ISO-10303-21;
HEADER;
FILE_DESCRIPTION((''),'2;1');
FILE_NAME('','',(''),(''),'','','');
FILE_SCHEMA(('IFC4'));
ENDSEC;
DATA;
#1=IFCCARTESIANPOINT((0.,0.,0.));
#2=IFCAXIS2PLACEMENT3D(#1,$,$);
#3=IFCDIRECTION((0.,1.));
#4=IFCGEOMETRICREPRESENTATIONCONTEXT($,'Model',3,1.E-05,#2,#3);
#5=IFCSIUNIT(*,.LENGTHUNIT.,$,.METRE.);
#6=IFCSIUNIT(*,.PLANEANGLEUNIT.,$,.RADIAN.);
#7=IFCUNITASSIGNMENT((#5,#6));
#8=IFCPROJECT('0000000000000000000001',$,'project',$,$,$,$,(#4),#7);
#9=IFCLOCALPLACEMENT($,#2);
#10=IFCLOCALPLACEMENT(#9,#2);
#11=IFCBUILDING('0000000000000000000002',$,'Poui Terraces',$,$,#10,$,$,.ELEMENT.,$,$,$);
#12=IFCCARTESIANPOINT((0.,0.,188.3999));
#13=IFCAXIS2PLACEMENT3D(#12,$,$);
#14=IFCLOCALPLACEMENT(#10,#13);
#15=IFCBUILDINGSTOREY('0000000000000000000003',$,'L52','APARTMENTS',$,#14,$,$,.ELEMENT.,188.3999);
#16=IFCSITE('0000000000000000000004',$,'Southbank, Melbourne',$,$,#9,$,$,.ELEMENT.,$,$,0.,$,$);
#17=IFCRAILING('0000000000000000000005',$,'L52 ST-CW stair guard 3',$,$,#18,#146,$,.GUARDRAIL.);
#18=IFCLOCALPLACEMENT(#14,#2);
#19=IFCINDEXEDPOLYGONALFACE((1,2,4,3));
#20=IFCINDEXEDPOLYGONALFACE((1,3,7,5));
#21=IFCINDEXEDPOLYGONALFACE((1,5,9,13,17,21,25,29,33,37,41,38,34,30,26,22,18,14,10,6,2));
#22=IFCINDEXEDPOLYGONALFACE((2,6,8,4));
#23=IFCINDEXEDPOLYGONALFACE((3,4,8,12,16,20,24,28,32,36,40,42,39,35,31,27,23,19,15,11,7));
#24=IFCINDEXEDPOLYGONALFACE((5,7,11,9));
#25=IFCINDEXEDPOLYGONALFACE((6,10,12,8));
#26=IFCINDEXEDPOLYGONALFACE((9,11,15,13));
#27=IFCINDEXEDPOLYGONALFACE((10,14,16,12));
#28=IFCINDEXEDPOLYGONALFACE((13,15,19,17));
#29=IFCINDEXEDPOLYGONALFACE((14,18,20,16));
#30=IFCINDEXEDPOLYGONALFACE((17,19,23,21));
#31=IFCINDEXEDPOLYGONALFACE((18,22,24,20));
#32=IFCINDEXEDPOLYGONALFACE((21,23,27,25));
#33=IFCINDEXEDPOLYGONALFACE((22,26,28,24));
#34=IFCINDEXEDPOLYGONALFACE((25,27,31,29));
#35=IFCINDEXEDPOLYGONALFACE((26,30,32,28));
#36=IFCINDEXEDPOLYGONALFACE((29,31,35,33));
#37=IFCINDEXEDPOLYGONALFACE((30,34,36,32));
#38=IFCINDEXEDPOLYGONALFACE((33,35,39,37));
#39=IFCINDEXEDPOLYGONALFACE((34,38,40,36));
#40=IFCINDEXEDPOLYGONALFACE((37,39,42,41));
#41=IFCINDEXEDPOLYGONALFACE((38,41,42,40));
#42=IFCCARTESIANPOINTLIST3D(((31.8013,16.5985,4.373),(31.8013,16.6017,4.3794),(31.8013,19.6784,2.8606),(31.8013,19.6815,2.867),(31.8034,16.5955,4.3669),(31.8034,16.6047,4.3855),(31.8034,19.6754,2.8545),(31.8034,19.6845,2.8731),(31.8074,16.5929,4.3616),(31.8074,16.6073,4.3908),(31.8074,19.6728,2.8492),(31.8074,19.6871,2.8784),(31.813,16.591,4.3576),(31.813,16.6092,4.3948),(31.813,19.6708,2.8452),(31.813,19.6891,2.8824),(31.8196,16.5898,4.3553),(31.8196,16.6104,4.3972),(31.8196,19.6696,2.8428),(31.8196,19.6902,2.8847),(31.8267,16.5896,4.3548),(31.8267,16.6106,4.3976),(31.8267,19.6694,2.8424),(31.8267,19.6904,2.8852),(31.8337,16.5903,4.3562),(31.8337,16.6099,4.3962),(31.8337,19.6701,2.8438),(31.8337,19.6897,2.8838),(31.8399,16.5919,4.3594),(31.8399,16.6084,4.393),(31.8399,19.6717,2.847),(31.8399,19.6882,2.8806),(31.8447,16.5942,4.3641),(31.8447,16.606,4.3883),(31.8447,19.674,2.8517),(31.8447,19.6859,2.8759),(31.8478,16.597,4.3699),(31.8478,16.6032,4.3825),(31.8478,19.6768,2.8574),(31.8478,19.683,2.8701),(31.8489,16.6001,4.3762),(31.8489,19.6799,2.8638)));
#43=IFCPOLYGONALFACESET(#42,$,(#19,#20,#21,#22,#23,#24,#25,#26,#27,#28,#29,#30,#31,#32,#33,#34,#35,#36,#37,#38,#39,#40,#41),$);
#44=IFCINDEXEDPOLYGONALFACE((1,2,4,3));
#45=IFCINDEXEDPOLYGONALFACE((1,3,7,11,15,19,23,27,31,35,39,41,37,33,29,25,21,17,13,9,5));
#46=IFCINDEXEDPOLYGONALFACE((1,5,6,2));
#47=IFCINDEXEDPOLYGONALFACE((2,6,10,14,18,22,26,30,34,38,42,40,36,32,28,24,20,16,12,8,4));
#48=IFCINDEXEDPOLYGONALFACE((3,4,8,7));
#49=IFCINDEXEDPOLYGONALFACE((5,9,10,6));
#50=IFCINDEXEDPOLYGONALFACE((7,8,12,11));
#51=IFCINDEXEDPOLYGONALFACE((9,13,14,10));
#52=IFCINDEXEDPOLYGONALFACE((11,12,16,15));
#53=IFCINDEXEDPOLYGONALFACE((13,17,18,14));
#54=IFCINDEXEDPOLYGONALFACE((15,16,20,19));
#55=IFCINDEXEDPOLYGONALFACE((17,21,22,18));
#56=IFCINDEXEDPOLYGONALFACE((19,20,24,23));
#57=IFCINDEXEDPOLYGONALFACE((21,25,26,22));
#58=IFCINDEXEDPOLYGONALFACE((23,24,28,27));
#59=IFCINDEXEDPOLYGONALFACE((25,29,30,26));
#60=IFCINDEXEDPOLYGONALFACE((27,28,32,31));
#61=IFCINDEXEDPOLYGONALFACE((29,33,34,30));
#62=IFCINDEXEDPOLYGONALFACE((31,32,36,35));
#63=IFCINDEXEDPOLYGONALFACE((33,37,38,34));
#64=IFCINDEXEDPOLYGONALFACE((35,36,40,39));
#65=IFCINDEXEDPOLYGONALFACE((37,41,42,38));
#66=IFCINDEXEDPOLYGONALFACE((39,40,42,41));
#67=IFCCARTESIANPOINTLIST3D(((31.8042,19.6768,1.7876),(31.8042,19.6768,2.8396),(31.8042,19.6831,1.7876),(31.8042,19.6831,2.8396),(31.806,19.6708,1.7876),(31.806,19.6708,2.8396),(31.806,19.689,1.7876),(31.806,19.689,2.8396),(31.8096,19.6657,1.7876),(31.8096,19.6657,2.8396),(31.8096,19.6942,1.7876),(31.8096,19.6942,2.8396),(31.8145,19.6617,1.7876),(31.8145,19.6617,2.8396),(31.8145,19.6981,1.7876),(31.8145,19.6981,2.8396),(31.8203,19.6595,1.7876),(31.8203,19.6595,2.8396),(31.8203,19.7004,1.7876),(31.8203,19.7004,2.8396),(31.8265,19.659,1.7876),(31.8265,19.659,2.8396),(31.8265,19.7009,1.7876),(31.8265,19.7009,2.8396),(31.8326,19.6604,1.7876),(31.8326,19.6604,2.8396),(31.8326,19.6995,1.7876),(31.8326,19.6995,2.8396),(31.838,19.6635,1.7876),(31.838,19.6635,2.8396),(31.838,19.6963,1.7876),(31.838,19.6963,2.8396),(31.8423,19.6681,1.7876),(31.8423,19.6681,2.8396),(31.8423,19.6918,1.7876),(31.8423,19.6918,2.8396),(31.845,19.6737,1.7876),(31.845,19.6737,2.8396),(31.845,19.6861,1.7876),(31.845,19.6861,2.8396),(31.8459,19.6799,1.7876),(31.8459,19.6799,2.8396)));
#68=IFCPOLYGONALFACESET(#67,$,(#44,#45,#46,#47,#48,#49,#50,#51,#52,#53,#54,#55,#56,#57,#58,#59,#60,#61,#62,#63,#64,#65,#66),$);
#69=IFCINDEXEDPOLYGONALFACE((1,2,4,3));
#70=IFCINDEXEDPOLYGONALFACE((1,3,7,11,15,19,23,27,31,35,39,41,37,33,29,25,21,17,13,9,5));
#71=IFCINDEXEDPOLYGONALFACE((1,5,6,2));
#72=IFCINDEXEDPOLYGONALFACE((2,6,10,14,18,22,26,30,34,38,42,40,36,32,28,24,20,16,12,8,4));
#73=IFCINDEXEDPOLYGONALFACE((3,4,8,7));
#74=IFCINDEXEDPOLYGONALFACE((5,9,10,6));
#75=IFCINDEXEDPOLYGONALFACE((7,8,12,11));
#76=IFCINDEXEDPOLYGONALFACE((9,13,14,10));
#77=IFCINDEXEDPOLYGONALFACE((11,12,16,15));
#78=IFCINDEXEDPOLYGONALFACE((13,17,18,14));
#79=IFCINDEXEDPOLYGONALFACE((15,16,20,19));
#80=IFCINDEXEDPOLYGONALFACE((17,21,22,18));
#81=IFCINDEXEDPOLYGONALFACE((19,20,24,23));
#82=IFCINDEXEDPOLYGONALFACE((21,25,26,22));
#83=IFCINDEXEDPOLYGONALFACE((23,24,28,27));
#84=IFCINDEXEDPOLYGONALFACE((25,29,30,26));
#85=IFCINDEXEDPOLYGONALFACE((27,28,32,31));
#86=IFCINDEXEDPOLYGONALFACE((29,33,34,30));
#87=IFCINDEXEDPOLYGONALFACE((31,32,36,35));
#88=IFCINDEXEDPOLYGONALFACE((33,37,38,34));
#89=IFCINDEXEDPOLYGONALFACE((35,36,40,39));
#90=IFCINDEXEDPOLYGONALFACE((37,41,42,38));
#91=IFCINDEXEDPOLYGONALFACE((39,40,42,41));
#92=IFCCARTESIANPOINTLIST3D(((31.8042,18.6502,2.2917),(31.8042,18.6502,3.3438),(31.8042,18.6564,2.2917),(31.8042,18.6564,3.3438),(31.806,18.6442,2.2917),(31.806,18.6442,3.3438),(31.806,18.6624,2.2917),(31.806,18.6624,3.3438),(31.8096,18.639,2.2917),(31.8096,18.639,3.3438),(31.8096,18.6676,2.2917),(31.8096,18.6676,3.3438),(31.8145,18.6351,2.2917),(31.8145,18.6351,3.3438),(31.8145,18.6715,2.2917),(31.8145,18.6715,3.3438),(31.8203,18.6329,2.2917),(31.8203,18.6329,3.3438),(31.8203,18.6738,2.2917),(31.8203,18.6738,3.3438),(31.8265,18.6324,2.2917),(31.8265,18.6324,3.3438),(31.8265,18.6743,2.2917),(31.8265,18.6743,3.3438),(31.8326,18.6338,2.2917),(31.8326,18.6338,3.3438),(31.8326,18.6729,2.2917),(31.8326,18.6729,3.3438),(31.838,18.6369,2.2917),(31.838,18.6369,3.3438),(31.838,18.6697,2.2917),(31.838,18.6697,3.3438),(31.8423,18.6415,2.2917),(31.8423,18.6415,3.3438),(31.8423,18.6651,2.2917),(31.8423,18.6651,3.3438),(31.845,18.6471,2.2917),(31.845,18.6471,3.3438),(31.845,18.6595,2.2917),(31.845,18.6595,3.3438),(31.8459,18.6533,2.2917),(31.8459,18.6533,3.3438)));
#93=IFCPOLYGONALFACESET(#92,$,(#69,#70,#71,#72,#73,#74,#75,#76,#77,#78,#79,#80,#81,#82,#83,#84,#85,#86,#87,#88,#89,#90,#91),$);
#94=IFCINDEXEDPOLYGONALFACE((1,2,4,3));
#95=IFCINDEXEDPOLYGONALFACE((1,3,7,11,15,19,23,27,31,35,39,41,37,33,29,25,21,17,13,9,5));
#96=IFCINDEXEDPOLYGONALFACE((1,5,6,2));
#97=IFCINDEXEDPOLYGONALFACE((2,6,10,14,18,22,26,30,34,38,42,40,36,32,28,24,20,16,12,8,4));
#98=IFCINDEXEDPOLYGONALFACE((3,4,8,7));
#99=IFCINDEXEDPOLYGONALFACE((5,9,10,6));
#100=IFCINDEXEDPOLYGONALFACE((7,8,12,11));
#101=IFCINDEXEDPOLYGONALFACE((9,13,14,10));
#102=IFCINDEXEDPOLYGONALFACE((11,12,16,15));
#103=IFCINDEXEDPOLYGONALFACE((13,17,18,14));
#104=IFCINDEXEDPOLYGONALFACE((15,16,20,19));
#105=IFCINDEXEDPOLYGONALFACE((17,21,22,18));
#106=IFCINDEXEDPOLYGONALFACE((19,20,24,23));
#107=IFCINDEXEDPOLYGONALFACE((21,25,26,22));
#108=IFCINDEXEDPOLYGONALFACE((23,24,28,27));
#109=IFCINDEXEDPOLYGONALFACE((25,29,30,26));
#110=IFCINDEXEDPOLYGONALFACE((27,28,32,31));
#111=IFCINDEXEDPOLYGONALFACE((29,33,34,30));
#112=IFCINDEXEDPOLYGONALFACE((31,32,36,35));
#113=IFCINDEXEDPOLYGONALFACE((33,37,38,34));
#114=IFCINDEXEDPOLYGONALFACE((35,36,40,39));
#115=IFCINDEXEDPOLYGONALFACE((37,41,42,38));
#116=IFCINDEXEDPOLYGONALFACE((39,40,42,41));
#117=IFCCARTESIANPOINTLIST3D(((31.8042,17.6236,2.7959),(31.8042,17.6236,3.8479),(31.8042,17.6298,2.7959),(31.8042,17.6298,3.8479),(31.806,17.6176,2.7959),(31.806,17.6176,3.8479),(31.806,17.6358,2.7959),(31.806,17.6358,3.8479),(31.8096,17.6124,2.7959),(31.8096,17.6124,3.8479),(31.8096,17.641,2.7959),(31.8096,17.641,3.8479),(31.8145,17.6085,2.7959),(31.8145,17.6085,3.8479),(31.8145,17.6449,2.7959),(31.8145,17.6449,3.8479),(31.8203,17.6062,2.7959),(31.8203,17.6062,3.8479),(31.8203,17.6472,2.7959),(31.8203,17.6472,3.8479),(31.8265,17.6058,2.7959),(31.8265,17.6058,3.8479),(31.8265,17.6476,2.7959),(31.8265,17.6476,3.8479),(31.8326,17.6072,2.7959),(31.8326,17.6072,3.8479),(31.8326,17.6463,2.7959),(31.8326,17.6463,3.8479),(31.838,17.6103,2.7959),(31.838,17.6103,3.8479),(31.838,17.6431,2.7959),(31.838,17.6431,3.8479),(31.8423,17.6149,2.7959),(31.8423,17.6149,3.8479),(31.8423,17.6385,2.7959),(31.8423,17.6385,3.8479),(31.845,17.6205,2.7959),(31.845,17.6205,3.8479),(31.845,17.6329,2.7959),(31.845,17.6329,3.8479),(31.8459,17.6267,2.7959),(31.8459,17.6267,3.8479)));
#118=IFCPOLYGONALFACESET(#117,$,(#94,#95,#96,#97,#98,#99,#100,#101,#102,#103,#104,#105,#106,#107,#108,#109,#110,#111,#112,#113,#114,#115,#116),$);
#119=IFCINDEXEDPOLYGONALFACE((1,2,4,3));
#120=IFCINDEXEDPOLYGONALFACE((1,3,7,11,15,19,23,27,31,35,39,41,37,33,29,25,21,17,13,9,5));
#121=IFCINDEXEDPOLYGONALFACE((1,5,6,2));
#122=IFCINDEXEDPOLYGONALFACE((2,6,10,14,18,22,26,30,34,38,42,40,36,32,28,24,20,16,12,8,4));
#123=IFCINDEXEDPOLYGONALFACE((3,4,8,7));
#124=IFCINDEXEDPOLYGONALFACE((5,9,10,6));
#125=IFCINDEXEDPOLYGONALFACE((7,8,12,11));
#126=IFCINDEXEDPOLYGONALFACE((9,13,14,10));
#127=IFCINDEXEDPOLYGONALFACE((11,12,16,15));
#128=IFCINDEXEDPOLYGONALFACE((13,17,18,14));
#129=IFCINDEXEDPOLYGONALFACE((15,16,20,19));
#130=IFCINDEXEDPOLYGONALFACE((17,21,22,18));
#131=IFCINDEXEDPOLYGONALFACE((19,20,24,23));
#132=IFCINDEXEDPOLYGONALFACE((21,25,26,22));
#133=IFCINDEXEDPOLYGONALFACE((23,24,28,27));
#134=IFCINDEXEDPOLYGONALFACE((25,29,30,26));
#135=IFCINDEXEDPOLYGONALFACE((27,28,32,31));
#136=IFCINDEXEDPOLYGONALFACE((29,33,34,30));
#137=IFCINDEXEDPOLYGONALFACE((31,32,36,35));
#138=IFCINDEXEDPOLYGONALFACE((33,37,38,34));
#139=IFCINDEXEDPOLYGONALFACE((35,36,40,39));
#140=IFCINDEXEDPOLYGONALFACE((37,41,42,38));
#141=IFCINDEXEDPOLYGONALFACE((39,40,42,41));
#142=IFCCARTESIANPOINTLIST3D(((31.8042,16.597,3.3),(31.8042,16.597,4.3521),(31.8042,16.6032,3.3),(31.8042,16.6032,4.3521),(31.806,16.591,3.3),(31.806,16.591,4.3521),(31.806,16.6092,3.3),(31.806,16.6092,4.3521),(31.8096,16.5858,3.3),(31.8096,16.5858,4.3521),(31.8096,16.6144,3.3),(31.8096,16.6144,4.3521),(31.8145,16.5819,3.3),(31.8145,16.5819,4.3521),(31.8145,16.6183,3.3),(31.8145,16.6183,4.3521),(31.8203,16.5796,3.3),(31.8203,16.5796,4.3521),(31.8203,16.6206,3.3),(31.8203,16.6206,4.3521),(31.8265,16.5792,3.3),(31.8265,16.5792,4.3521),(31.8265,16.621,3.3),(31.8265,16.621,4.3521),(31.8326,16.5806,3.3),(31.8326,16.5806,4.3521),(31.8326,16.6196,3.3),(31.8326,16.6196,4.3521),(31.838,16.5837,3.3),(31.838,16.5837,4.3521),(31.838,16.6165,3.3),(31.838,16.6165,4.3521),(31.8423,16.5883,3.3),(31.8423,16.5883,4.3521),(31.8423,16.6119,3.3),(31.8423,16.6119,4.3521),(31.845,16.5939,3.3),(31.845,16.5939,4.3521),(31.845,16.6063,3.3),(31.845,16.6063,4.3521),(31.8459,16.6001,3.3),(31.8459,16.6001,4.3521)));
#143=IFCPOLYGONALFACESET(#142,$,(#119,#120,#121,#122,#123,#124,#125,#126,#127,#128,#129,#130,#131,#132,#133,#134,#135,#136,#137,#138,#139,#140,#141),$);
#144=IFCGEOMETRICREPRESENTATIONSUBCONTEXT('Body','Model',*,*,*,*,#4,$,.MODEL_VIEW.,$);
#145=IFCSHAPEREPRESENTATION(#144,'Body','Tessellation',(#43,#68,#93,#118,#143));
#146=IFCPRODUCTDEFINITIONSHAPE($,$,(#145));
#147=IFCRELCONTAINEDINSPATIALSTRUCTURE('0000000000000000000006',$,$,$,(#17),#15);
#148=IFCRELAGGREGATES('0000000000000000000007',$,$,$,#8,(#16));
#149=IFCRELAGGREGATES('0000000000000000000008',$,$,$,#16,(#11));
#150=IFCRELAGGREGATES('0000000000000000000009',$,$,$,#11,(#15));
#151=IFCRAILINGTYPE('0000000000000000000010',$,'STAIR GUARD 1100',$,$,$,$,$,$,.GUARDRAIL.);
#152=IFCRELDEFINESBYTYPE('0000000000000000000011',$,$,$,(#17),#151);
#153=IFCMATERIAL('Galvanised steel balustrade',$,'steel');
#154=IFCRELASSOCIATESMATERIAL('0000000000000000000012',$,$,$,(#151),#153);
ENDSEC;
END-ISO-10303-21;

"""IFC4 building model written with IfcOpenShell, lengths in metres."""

from ifc_helpers import new_model, si_unit, direction, frame, origin, origin_2d, place, context, subcontext, project, spatial, circle, extrude, material, type_object, element, save


model = new_model("IFC4")

# Units and contexts
model_context = context("Model", 3, precision=1e-05, world=origin(), true_north=direction((0.0, 1.0)))
body_context = subcontext(model_context, "Body", "Model", "MODEL_VIEW")
ifc_project = project(units=[si_unit("LENGTHUNIT", "METRE"), si_unit("PLANEANGLEUNIT", "RADIAN")], contexts=[model_context])

# Site, building, storey
site_placement = place(None, origin())
site = spatial("IfcSite", under=ifc_project, at=site_placement, Name="Southbank, Melbourne", CompositionType="ELEMENT", RefElevation=0.0)
building_placement = place(site_placement, origin())
building = spatial("IfcBuilding", under=site, at=building_placement, Name="Poui Terraces", CompositionType="ELEMENT")
storey_placement = place(building_placement, frame((0.0, 0.0, 188.3999)))
storey = spatial("IfcBuildingStorey", under=building, at=storey_placement, Name="L52", Description="APARTMENTS", CompositionType="ELEMENT", Elevation=188.3999)

# Railing
ifc_material_1 = material(Name="Galvanised steel balustrade", Category="steel")
railing_type_1 = type_object("IfcRailingType", Name="STAIR GUARD 1100", PredefinedType="GUARDRAIL", material=ifc_material_1)
railing_1_placement = place(storey_placement, frame((31.825, 19.6799, 1.7876)))
element("IfcRailing", 1, at=railing_1_placement, inside=storey, type_object=railing_type_1, Name="L52 ST-CW stair guard 3", PredefinedType="GUARDRAIL", context=body_context, shape_type="SweptSolid", body=[
    extrude(circle(Radius=0.0239, at=origin_2d()), frame((0.0, 0.0, 1.0762), z_axis=(0.0, -0.897606, 0.440798), x_axis=(1.0, 0.0, 0.0)), (0.0, 0.0, 1.0), 3.4312),
    extrude(circle(Radius=0.021, at=origin_2d()), origin(), (0.0, 0.0, 1.0), 1.052),
    extrude(circle(Radius=0.021, at=origin_2d()), frame((0.0, -1.0266, 0.5042)), (0.0, 0.0, 1.0), 1.052),
    extrude(circle(Radius=0.021, at=origin_2d()), frame((0.0, -2.0532, 1.0083)), (0.0, 0.0, 1.0), 1.052),
    extrude(circle(Radius=0.021, at=origin_2d()), frame((0.0, -3.0798, 1.5125)), (0.0, 0.0, 1.0), 1.052),
])

save(model, "model.ifc")
